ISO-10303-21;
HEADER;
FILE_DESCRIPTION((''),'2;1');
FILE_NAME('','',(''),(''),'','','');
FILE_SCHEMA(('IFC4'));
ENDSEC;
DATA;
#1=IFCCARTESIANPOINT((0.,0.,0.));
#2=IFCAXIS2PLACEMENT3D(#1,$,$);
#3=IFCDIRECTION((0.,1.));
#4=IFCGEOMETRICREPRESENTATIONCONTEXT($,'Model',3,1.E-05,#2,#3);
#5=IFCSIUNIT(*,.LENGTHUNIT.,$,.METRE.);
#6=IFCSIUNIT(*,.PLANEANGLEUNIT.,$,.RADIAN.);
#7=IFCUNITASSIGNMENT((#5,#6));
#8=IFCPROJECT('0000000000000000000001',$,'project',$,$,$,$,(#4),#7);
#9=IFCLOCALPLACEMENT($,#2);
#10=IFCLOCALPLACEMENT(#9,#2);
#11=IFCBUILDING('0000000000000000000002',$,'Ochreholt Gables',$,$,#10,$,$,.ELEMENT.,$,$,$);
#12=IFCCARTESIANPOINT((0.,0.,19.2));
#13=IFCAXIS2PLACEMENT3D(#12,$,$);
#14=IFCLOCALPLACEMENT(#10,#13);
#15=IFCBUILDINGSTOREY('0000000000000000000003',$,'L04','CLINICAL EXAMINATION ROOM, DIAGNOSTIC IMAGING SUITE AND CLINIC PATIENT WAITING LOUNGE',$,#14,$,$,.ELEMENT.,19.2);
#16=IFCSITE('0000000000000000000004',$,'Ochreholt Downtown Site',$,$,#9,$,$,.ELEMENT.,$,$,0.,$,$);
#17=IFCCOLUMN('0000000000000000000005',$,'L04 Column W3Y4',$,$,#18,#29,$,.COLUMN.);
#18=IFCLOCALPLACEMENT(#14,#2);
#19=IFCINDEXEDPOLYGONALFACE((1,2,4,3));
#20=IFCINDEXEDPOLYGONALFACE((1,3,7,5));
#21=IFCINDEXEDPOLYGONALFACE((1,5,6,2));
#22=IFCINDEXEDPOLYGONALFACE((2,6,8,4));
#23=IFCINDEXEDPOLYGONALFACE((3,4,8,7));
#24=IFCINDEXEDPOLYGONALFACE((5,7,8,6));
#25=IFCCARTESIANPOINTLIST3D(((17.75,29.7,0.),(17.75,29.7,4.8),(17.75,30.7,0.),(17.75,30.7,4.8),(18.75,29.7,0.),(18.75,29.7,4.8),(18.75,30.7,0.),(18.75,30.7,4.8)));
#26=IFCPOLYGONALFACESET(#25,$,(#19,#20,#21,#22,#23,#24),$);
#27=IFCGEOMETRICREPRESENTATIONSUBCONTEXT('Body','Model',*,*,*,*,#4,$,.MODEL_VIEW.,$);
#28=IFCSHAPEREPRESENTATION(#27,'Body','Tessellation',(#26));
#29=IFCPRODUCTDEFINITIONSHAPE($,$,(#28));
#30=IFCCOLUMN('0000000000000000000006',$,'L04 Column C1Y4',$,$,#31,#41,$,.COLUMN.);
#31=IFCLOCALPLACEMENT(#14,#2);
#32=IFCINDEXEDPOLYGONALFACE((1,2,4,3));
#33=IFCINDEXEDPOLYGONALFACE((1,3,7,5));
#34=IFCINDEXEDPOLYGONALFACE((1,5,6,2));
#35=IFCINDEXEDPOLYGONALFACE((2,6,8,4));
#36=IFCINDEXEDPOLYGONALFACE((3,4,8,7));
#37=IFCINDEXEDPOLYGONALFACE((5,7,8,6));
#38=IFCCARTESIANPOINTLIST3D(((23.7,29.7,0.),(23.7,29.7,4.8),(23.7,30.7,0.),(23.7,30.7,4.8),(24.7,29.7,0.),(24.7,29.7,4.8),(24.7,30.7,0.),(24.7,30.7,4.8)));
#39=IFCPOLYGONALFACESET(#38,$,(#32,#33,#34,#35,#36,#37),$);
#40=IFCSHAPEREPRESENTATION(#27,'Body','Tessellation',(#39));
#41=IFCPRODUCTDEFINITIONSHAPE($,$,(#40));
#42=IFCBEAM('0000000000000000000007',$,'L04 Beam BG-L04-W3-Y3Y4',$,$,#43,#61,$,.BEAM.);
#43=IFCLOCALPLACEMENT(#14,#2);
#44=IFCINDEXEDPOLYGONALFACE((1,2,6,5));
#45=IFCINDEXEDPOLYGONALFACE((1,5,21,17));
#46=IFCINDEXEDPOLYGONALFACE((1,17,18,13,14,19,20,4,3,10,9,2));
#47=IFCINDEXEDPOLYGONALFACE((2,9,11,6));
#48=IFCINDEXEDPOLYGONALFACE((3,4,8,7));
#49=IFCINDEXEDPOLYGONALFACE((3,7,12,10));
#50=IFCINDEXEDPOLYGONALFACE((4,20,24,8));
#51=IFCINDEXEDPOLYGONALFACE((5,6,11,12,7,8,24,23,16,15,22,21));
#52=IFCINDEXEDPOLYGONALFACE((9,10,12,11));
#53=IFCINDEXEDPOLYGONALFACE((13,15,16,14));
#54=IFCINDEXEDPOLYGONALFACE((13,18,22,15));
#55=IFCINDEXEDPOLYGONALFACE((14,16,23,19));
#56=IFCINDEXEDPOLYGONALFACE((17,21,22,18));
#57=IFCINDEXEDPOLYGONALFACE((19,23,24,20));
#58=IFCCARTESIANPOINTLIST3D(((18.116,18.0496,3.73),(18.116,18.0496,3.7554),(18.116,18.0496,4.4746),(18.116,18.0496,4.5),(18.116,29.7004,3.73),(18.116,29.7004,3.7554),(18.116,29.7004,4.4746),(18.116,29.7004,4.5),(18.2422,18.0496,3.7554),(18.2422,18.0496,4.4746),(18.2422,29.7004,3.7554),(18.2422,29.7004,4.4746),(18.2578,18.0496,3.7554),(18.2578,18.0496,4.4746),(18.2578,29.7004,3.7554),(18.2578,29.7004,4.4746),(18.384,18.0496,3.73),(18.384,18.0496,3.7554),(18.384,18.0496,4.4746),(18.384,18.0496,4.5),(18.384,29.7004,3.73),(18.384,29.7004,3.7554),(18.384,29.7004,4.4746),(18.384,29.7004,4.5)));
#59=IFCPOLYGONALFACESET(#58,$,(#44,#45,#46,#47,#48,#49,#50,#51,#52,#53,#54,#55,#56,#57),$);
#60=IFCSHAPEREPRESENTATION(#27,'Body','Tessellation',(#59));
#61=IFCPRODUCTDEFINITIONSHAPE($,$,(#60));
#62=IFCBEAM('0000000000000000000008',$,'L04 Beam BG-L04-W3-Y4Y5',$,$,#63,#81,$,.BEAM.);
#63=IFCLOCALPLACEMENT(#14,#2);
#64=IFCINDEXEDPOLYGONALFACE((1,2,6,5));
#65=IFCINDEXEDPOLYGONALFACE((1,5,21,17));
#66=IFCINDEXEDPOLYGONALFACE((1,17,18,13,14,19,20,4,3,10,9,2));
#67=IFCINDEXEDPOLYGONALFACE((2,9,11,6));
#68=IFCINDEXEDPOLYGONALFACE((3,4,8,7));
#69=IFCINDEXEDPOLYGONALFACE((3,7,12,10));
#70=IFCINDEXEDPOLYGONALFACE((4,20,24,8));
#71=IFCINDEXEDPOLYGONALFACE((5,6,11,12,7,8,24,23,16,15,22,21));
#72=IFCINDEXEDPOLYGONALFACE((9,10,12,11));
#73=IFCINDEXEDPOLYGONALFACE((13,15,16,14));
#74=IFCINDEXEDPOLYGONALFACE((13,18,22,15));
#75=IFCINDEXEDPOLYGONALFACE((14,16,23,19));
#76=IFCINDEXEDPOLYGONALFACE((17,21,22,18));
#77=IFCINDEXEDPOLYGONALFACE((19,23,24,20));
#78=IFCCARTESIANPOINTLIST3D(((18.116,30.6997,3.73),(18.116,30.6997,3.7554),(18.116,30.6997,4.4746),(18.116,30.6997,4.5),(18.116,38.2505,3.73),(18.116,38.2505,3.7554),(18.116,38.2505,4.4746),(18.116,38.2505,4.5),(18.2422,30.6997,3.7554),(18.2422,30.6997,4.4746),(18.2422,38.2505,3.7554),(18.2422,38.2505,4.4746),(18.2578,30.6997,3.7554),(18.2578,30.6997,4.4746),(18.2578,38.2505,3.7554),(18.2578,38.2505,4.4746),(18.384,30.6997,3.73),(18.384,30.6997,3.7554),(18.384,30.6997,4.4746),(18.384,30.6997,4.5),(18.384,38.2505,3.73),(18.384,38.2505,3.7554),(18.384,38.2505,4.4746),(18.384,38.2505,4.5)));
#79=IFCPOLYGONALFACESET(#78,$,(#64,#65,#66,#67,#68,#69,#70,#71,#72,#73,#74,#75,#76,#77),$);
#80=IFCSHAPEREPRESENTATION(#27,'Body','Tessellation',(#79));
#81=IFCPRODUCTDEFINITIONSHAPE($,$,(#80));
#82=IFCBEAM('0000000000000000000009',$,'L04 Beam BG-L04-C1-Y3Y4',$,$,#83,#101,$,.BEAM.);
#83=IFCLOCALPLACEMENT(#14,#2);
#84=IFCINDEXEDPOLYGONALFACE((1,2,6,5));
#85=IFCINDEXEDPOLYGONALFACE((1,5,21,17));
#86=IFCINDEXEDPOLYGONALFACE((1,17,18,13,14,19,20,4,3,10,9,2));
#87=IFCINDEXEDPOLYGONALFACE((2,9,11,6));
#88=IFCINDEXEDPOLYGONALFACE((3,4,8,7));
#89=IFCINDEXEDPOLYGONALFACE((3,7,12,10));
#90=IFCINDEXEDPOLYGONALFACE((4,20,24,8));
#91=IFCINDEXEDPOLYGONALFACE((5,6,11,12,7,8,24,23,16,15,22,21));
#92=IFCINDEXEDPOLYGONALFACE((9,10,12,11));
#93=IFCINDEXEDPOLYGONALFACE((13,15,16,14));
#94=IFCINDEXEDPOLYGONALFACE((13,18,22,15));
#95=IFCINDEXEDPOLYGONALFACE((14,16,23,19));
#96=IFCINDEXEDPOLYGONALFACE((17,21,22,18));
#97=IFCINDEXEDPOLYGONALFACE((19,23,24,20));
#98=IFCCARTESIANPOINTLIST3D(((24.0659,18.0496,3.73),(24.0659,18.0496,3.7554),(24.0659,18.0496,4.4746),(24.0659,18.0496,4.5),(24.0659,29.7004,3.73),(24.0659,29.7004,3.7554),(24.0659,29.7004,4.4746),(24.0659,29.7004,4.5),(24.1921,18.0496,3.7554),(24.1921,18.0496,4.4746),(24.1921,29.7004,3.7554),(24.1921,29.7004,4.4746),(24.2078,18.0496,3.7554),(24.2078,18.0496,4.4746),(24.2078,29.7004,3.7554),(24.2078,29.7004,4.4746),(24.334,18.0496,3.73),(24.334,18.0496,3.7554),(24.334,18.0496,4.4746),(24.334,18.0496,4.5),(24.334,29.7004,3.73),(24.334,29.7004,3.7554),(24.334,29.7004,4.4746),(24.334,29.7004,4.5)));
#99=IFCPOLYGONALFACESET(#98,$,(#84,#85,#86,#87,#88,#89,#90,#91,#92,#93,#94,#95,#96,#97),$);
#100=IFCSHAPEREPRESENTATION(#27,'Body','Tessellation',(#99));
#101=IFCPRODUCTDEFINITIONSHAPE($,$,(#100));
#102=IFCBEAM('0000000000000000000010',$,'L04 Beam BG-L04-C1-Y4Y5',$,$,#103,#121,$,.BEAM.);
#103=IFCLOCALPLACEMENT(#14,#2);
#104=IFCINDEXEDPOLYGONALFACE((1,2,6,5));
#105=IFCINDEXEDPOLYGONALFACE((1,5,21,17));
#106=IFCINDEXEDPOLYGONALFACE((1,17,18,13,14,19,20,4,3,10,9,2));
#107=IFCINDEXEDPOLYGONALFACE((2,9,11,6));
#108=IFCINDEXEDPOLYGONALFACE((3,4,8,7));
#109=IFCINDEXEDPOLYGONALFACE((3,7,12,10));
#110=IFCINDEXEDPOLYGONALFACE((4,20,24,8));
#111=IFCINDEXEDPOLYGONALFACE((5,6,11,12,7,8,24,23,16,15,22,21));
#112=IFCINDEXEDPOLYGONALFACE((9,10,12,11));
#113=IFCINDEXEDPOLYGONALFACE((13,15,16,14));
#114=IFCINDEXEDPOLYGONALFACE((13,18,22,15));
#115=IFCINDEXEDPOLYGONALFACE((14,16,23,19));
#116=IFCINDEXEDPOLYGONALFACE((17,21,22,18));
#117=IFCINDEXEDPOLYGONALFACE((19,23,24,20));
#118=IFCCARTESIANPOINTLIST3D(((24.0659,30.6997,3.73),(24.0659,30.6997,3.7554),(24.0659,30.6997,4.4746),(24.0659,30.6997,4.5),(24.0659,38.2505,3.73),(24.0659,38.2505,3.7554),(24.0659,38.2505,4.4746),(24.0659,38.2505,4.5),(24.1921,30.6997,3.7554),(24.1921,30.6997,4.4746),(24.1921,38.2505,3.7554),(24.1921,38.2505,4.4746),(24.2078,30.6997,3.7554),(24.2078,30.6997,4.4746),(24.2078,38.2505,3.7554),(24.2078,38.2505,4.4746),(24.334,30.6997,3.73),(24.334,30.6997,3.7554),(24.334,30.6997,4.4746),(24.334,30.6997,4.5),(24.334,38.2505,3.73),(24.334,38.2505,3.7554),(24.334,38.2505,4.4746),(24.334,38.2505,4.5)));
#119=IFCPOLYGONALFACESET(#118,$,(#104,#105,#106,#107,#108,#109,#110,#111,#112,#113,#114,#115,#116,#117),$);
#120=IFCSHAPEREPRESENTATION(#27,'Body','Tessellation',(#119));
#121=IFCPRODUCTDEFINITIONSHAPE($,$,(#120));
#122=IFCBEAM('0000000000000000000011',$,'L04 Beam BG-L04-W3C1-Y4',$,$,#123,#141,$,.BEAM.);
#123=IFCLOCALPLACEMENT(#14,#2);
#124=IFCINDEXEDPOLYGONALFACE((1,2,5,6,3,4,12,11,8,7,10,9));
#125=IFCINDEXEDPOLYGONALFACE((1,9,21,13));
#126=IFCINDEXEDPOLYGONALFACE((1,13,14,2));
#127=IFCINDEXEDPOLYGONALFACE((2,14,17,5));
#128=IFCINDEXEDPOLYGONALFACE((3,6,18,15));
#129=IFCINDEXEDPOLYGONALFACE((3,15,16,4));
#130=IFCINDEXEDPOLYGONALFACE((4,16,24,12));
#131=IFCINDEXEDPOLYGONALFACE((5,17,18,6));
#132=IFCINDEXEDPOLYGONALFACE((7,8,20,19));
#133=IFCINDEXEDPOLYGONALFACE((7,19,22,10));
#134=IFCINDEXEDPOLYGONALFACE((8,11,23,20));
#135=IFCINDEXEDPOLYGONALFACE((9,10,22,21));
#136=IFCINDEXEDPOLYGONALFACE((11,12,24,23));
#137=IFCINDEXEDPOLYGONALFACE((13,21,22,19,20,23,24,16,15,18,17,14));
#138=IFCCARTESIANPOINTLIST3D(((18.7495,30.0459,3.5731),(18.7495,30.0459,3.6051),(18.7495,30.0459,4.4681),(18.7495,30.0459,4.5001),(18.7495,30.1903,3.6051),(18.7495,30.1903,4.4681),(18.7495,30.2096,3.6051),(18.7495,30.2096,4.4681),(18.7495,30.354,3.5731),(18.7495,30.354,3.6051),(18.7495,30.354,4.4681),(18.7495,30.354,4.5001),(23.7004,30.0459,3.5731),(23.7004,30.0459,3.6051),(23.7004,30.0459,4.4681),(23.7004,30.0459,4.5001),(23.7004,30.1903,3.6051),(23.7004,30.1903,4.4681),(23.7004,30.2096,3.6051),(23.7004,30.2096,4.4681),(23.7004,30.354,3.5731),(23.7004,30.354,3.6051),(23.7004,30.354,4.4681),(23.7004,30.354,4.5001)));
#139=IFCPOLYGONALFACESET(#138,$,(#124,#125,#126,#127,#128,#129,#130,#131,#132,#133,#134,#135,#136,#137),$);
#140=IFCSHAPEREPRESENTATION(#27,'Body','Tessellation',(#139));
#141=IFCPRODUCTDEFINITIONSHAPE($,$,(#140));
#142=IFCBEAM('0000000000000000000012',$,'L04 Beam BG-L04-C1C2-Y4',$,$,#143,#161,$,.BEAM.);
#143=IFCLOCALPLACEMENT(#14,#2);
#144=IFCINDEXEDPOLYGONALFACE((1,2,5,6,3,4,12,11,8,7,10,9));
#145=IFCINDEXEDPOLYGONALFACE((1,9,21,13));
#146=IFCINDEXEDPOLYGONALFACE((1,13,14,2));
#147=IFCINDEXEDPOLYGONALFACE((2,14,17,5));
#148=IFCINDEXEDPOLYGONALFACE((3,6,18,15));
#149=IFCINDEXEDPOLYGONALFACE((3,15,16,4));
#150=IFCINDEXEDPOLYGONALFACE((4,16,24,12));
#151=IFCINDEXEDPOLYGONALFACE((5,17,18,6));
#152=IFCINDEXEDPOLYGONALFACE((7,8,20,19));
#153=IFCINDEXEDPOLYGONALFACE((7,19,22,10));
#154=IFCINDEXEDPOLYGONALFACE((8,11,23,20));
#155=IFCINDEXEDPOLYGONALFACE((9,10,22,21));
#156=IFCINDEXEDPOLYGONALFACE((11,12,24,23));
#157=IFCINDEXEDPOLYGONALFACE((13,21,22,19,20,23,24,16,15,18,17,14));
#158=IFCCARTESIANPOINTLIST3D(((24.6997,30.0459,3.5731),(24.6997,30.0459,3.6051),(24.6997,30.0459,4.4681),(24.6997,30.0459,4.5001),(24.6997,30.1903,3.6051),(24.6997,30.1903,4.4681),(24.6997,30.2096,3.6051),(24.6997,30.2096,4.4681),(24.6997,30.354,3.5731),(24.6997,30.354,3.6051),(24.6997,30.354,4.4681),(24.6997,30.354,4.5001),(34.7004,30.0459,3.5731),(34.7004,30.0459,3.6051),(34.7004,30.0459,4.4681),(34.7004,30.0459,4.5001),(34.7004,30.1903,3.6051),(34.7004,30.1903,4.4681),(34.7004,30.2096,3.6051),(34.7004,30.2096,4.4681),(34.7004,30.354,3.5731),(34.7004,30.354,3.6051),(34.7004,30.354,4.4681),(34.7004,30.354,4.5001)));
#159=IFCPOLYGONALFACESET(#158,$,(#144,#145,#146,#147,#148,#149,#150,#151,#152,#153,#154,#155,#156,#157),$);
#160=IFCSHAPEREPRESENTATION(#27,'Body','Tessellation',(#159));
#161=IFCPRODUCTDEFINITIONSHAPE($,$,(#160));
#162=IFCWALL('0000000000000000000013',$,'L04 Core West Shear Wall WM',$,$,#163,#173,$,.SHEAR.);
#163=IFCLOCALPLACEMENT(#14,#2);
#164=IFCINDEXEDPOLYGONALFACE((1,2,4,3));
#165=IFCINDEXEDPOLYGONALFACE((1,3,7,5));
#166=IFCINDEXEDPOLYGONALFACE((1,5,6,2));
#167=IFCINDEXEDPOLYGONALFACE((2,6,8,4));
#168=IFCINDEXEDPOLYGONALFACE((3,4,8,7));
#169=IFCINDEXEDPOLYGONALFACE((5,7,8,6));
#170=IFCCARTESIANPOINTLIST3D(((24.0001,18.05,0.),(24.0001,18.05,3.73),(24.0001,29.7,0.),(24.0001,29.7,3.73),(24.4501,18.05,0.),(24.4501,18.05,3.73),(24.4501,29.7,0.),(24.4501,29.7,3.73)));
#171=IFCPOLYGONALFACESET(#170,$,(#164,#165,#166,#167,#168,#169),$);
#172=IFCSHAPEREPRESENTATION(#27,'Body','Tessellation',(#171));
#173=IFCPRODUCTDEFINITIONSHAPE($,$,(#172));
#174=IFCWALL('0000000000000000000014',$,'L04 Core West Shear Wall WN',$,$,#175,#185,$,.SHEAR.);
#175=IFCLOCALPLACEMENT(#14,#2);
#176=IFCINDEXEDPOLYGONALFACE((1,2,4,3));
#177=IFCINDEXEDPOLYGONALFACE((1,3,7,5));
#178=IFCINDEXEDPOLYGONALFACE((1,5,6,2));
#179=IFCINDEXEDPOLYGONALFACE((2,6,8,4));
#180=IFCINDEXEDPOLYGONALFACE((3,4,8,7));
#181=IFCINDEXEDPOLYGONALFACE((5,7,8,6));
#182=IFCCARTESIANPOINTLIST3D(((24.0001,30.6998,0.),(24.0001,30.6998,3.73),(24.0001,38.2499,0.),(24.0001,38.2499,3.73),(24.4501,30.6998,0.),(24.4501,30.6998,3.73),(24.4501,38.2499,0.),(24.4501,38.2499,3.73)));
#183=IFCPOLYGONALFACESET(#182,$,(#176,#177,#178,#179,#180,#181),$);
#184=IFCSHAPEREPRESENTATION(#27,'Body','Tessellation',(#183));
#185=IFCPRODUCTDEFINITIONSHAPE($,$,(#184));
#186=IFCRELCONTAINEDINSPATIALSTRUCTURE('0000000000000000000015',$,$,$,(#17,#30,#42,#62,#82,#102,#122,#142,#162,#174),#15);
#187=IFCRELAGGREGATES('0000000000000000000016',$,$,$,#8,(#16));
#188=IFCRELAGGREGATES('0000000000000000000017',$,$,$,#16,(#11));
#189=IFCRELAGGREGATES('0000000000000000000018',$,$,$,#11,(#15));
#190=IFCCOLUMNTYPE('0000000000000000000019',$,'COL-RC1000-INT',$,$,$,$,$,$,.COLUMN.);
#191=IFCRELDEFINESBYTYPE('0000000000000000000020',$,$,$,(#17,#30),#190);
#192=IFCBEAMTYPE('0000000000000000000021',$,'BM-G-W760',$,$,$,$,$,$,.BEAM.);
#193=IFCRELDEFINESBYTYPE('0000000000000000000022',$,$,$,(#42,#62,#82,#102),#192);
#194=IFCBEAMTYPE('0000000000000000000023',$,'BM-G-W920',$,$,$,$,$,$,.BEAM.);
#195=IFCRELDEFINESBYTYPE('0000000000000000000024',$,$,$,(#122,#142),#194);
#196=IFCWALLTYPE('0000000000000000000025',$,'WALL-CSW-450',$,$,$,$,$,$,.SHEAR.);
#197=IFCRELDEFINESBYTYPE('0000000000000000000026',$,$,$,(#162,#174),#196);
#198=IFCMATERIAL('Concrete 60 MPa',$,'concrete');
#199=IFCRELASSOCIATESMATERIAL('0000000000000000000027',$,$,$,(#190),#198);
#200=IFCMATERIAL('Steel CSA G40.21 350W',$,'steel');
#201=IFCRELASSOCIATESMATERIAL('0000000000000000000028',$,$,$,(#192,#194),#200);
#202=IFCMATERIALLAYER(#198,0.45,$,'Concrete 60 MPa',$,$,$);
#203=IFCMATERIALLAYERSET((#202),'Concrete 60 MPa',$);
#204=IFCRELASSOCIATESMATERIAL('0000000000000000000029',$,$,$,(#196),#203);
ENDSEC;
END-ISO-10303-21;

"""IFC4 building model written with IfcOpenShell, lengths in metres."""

from ifc_helpers import new_model, si_unit, direction, frame, frame_2d, origin, origin_2d, place, context, subcontext, project, spatial, rectangle, i_section, extrude, material, layer, layer_set, material_profile, profile_set, type_object, element, save


model = new_model("IFC4")

# Units and contexts
model_context = context("Model", 3, precision=1e-05, world=origin(), true_north=direction((0.0, 1.0)))
body_context = subcontext(model_context, "Body", "Model", "MODEL_VIEW")
ifc_project = project(units=[si_unit("LENGTHUNIT", "METRE"), si_unit("PLANEANGLEUNIT", "RADIAN")], contexts=[model_context])

# Site, building, storey
site_placement = place(None, origin())
site = spatial("IfcSite", under=ifc_project, at=site_placement, Name="Ochreholt Downtown Site", CompositionType="ELEMENT", RefElevation=0.0)
building_placement = place(site_placement, origin())
building = spatial("IfcBuilding", under=site, at=building_placement, Name="Ochreholt Gables", CompositionType="ELEMENT")
storey_placement = place(building_placement, frame((0.0, 0.0, 19.2)))
storey = spatial("IfcBuildingStorey", under=building, at=storey_placement, Name="L04", Description="CLINICAL EXAMINATION ROOM, DIAGNOSTIC IMAGING SUITE AND CLINIC PATIENT WAITING LOUNGE", CompositionType="ELEMENT", Elevation=19.2)

# Columns
ifc_material_1 = material(Name="Concrete 60 MPa", Category="concrete")
ifc_material_profile_1 = material_profile(ifc_material_1, rectangle(XDim=1.0, YDim=1.0, at=origin_2d()), Name="RC1000X1000")
ifc_profile_set_1 = profile_set([ifc_material_profile_1], Name="Concrete 60 MPa")
column_type = type_object("IfcColumnType", Name="COL-RC1000-INT", PredefinedType="COLUMN", material=ifc_profile_set_1)
for number, where, z_axis, x_axis, name in (
    (1, (18.25, 30.2, 0.0), (0.0, 0.0, 1.0), (1.0, 0.0, 0.0), "L04 Column W3Y4"),
    (2, (24.2, 30.2, 0.0), (0.0, 0.0, 1.0), (1.0, 0.0, 0.0), "L04 Column C1Y4"),
):
    element("IfcColumn", number, at=place(storey_placement, frame(where, z_axis=z_axis, x_axis=x_axis)), inside=storey, type_object=column_type, Name=name, PredefinedType="COLUMN", context=body_context, shape_type="SweptSolid", body=[
        extrude(rectangle(XDim=1.0, YDim=1.0, at=origin_2d()), origin(), (0.0, 0.0, 1.0), 4.8),
    ])

# Beams
ifc_material_2 = material(Name="Steel CSA G40.21 350W", Category="steel")
ifc_material_profile_2 = material_profile(ifc_material_2, i_section(OverallWidth=0.2681, OverallDepth=0.77, WebThickness=0.0156, FlangeThickness=0.0254, at=origin_2d()), Name="W760X196")
ifc_profile_set_2 = profile_set([ifc_material_profile_2], Name="Steel CSA G40.21 350W")
beam_type_1 = type_object("IfcBeamType", Name="BM-G-W760", PredefinedType="BEAM", material=ifc_profile_set_2)
beam_1_placement = place(storey_placement, frame((18.25, 18.0496, 4.115), z_axis=(0.0, 1.0, 0.0), x_axis=(-1.0, 0.0, 0.0)))
element("IfcBeam", 3, at=beam_1_placement, inside=storey, type_object=beam_type_1, Name="L04 Beam BG-L04-W3-Y3Y4", PredefinedType="BEAM", context=body_context, shape_type="SweptSolid", body=[
    extrude(i_section(OverallWidth=0.2681, OverallDepth=0.77, WebThickness=0.0156, FlangeThickness=0.0254, at=origin_2d()), origin(), (0.0, 0.0, 1.0), 11.6509),
])
beam_2_placement = place(storey_placement, frame((18.25, 30.6997, 4.115), z_axis=(0.0, 1.0, 0.0), x_axis=(-1.0, 0.0, 0.0)))
element("IfcBeam", 4, at=beam_2_placement, inside=storey, type_object=beam_type_1, Name="L04 Beam BG-L04-W3-Y4Y5", PredefinedType="BEAM", context=body_context, shape_type="SweptSolid", body=[
    extrude(i_section(OverallWidth=0.2681, OverallDepth=0.77, WebThickness=0.0156, FlangeThickness=0.0254, at=origin_2d()), origin(), (0.0, 0.0, 1.0), 7.5508),
])
beam_3_placement = place(storey_placement, frame((24.2, 18.0496, 4.115), z_axis=(0.0, 1.0, 0.0), x_axis=(-1.0, 0.0, 0.0)))
element("IfcBeam", 5, at=beam_3_placement, inside=storey, type_object=beam_type_1, Name="L04 Beam BG-L04-C1-Y3Y4", PredefinedType="BEAM", context=body_context, shape_type="SweptSolid", body=[
    extrude(i_section(OverallWidth=0.2681, OverallDepth=0.77, WebThickness=0.0156, FlangeThickness=0.0254, at=origin_2d()), origin(), (0.0, 0.0, 1.0), 11.6509),
])
beam_4_placement = place(storey_placement, frame((24.2, 30.6997, 4.115), z_axis=(0.0, 1.0, 0.0), x_axis=(-1.0, 0.0, 0.0)))
element("IfcBeam", 6, at=beam_4_placement, inside=storey, type_object=beam_type_1, Name="L04 Beam BG-L04-C1-Y4Y5", PredefinedType="BEAM", context=body_context, shape_type="SweptSolid", body=[
    extrude(i_section(OverallWidth=0.2681, OverallDepth=0.77, WebThickness=0.0156, FlangeThickness=0.0254, at=origin_2d()), origin(), (0.0, 0.0, 1.0), 7.5508),
])
ifc_material_profile_3 = material_profile(ifc_material_2, i_section(OverallWidth=0.3081, OverallDepth=0.927, WebThickness=0.0193, FlangeThickness=0.032, at=origin_2d()), Name="W920X289")
ifc_profile_set_3 = profile_set([ifc_material_profile_3], Name="Steel CSA G40.21 350W")
beam_type_2 = type_object("IfcBeamType", Name="BM-G-W920", PredefinedType="BEAM", material=ifc_profile_set_3)
beam_5_placement = place(storey_placement, frame((18.7495, 30.2, 4.0366), z_axis=(1.0, 0.0, 0.0), x_axis=(0.0, 1.0, 0.0)))
element("IfcBeam", 7, at=beam_5_placement, inside=storey, type_object=beam_type_2, Name="L04 Beam BG-L04-W3C1-Y4", PredefinedType="BEAM", context=body_context, shape_type="SweptSolid", body=[
    extrude(i_section(OverallWidth=0.3081, OverallDepth=0.927, WebThickness=0.0193, FlangeThickness=0.032, at=origin_2d()), origin(), (0.0, 0.0, 1.0), 4.9509),
])
beam_6_placement = place(storey_placement, frame((24.6997, 30.2, 4.0366), z_axis=(1.0, 0.0, 0.0), x_axis=(0.0, 1.0, 0.0)))
element("IfcBeam", 8, at=beam_6_placement, inside=storey, type_object=beam_type_2, Name="L04 Beam BG-L04-C1C2-Y4", PredefinedType="BEAM", context=body_context, shape_type="SweptSolid", body=[
    extrude(i_section(OverallWidth=0.3081, OverallDepth=0.927, WebThickness=0.0193, FlangeThickness=0.032, at=origin_2d()), origin(), (0.0, 0.0, 1.0), 10.0007),
])

# Walls
ifc_layer_1 = layer(ifc_material_1, 0.45, Name="Concrete 60 MPa")
ifc_layer_set_1 = layer_set([ifc_layer_1], Name="Concrete 60 MPa")
wall_type_1 = type_object("IfcWallType", Name="WALL-CSW-450", PredefinedType="SHEAR", material=ifc_layer_set_1)
wall_1_placement = place(storey_placement, frame((24.2251, 18.05, 0.0), z_axis=(0.0, 0.0, 1.0), x_axis=(0.0, 1.0, 0.0)))
element("IfcWall", 9, at=wall_1_placement, inside=storey, type_object=wall_type_1, Name="L04 Core West Shear Wall WM", PredefinedType="SHEAR", context=body_context, shape_type="SweptSolid", body=[
    extrude(rectangle(XDim=11.6499, YDim=0.45, at=frame_2d((5.825, 0.0))), origin(), (0.0, 0.0, 1.0), 3.73),
])
wall_2_placement = place(storey_placement, frame((24.2251, 30.7, 0.0), z_axis=(0.0, 0.0, 1.0), x_axis=(0.0, 1.0, 0.0)))
element("IfcWall", 10, at=wall_2_placement, inside=storey, type_object=wall_type_1, Name="L04 Core West Shear Wall WN", PredefinedType="SHEAR", context=body_context, shape_type="SweptSolid", body=[
    extrude(rectangle(XDim=7.55, YDim=0.45, at=frame_2d((3.7749, 0.0))), origin(), (0.0, 0.0, 1.0), 3.73),
])

save(model, "model.ifc")
